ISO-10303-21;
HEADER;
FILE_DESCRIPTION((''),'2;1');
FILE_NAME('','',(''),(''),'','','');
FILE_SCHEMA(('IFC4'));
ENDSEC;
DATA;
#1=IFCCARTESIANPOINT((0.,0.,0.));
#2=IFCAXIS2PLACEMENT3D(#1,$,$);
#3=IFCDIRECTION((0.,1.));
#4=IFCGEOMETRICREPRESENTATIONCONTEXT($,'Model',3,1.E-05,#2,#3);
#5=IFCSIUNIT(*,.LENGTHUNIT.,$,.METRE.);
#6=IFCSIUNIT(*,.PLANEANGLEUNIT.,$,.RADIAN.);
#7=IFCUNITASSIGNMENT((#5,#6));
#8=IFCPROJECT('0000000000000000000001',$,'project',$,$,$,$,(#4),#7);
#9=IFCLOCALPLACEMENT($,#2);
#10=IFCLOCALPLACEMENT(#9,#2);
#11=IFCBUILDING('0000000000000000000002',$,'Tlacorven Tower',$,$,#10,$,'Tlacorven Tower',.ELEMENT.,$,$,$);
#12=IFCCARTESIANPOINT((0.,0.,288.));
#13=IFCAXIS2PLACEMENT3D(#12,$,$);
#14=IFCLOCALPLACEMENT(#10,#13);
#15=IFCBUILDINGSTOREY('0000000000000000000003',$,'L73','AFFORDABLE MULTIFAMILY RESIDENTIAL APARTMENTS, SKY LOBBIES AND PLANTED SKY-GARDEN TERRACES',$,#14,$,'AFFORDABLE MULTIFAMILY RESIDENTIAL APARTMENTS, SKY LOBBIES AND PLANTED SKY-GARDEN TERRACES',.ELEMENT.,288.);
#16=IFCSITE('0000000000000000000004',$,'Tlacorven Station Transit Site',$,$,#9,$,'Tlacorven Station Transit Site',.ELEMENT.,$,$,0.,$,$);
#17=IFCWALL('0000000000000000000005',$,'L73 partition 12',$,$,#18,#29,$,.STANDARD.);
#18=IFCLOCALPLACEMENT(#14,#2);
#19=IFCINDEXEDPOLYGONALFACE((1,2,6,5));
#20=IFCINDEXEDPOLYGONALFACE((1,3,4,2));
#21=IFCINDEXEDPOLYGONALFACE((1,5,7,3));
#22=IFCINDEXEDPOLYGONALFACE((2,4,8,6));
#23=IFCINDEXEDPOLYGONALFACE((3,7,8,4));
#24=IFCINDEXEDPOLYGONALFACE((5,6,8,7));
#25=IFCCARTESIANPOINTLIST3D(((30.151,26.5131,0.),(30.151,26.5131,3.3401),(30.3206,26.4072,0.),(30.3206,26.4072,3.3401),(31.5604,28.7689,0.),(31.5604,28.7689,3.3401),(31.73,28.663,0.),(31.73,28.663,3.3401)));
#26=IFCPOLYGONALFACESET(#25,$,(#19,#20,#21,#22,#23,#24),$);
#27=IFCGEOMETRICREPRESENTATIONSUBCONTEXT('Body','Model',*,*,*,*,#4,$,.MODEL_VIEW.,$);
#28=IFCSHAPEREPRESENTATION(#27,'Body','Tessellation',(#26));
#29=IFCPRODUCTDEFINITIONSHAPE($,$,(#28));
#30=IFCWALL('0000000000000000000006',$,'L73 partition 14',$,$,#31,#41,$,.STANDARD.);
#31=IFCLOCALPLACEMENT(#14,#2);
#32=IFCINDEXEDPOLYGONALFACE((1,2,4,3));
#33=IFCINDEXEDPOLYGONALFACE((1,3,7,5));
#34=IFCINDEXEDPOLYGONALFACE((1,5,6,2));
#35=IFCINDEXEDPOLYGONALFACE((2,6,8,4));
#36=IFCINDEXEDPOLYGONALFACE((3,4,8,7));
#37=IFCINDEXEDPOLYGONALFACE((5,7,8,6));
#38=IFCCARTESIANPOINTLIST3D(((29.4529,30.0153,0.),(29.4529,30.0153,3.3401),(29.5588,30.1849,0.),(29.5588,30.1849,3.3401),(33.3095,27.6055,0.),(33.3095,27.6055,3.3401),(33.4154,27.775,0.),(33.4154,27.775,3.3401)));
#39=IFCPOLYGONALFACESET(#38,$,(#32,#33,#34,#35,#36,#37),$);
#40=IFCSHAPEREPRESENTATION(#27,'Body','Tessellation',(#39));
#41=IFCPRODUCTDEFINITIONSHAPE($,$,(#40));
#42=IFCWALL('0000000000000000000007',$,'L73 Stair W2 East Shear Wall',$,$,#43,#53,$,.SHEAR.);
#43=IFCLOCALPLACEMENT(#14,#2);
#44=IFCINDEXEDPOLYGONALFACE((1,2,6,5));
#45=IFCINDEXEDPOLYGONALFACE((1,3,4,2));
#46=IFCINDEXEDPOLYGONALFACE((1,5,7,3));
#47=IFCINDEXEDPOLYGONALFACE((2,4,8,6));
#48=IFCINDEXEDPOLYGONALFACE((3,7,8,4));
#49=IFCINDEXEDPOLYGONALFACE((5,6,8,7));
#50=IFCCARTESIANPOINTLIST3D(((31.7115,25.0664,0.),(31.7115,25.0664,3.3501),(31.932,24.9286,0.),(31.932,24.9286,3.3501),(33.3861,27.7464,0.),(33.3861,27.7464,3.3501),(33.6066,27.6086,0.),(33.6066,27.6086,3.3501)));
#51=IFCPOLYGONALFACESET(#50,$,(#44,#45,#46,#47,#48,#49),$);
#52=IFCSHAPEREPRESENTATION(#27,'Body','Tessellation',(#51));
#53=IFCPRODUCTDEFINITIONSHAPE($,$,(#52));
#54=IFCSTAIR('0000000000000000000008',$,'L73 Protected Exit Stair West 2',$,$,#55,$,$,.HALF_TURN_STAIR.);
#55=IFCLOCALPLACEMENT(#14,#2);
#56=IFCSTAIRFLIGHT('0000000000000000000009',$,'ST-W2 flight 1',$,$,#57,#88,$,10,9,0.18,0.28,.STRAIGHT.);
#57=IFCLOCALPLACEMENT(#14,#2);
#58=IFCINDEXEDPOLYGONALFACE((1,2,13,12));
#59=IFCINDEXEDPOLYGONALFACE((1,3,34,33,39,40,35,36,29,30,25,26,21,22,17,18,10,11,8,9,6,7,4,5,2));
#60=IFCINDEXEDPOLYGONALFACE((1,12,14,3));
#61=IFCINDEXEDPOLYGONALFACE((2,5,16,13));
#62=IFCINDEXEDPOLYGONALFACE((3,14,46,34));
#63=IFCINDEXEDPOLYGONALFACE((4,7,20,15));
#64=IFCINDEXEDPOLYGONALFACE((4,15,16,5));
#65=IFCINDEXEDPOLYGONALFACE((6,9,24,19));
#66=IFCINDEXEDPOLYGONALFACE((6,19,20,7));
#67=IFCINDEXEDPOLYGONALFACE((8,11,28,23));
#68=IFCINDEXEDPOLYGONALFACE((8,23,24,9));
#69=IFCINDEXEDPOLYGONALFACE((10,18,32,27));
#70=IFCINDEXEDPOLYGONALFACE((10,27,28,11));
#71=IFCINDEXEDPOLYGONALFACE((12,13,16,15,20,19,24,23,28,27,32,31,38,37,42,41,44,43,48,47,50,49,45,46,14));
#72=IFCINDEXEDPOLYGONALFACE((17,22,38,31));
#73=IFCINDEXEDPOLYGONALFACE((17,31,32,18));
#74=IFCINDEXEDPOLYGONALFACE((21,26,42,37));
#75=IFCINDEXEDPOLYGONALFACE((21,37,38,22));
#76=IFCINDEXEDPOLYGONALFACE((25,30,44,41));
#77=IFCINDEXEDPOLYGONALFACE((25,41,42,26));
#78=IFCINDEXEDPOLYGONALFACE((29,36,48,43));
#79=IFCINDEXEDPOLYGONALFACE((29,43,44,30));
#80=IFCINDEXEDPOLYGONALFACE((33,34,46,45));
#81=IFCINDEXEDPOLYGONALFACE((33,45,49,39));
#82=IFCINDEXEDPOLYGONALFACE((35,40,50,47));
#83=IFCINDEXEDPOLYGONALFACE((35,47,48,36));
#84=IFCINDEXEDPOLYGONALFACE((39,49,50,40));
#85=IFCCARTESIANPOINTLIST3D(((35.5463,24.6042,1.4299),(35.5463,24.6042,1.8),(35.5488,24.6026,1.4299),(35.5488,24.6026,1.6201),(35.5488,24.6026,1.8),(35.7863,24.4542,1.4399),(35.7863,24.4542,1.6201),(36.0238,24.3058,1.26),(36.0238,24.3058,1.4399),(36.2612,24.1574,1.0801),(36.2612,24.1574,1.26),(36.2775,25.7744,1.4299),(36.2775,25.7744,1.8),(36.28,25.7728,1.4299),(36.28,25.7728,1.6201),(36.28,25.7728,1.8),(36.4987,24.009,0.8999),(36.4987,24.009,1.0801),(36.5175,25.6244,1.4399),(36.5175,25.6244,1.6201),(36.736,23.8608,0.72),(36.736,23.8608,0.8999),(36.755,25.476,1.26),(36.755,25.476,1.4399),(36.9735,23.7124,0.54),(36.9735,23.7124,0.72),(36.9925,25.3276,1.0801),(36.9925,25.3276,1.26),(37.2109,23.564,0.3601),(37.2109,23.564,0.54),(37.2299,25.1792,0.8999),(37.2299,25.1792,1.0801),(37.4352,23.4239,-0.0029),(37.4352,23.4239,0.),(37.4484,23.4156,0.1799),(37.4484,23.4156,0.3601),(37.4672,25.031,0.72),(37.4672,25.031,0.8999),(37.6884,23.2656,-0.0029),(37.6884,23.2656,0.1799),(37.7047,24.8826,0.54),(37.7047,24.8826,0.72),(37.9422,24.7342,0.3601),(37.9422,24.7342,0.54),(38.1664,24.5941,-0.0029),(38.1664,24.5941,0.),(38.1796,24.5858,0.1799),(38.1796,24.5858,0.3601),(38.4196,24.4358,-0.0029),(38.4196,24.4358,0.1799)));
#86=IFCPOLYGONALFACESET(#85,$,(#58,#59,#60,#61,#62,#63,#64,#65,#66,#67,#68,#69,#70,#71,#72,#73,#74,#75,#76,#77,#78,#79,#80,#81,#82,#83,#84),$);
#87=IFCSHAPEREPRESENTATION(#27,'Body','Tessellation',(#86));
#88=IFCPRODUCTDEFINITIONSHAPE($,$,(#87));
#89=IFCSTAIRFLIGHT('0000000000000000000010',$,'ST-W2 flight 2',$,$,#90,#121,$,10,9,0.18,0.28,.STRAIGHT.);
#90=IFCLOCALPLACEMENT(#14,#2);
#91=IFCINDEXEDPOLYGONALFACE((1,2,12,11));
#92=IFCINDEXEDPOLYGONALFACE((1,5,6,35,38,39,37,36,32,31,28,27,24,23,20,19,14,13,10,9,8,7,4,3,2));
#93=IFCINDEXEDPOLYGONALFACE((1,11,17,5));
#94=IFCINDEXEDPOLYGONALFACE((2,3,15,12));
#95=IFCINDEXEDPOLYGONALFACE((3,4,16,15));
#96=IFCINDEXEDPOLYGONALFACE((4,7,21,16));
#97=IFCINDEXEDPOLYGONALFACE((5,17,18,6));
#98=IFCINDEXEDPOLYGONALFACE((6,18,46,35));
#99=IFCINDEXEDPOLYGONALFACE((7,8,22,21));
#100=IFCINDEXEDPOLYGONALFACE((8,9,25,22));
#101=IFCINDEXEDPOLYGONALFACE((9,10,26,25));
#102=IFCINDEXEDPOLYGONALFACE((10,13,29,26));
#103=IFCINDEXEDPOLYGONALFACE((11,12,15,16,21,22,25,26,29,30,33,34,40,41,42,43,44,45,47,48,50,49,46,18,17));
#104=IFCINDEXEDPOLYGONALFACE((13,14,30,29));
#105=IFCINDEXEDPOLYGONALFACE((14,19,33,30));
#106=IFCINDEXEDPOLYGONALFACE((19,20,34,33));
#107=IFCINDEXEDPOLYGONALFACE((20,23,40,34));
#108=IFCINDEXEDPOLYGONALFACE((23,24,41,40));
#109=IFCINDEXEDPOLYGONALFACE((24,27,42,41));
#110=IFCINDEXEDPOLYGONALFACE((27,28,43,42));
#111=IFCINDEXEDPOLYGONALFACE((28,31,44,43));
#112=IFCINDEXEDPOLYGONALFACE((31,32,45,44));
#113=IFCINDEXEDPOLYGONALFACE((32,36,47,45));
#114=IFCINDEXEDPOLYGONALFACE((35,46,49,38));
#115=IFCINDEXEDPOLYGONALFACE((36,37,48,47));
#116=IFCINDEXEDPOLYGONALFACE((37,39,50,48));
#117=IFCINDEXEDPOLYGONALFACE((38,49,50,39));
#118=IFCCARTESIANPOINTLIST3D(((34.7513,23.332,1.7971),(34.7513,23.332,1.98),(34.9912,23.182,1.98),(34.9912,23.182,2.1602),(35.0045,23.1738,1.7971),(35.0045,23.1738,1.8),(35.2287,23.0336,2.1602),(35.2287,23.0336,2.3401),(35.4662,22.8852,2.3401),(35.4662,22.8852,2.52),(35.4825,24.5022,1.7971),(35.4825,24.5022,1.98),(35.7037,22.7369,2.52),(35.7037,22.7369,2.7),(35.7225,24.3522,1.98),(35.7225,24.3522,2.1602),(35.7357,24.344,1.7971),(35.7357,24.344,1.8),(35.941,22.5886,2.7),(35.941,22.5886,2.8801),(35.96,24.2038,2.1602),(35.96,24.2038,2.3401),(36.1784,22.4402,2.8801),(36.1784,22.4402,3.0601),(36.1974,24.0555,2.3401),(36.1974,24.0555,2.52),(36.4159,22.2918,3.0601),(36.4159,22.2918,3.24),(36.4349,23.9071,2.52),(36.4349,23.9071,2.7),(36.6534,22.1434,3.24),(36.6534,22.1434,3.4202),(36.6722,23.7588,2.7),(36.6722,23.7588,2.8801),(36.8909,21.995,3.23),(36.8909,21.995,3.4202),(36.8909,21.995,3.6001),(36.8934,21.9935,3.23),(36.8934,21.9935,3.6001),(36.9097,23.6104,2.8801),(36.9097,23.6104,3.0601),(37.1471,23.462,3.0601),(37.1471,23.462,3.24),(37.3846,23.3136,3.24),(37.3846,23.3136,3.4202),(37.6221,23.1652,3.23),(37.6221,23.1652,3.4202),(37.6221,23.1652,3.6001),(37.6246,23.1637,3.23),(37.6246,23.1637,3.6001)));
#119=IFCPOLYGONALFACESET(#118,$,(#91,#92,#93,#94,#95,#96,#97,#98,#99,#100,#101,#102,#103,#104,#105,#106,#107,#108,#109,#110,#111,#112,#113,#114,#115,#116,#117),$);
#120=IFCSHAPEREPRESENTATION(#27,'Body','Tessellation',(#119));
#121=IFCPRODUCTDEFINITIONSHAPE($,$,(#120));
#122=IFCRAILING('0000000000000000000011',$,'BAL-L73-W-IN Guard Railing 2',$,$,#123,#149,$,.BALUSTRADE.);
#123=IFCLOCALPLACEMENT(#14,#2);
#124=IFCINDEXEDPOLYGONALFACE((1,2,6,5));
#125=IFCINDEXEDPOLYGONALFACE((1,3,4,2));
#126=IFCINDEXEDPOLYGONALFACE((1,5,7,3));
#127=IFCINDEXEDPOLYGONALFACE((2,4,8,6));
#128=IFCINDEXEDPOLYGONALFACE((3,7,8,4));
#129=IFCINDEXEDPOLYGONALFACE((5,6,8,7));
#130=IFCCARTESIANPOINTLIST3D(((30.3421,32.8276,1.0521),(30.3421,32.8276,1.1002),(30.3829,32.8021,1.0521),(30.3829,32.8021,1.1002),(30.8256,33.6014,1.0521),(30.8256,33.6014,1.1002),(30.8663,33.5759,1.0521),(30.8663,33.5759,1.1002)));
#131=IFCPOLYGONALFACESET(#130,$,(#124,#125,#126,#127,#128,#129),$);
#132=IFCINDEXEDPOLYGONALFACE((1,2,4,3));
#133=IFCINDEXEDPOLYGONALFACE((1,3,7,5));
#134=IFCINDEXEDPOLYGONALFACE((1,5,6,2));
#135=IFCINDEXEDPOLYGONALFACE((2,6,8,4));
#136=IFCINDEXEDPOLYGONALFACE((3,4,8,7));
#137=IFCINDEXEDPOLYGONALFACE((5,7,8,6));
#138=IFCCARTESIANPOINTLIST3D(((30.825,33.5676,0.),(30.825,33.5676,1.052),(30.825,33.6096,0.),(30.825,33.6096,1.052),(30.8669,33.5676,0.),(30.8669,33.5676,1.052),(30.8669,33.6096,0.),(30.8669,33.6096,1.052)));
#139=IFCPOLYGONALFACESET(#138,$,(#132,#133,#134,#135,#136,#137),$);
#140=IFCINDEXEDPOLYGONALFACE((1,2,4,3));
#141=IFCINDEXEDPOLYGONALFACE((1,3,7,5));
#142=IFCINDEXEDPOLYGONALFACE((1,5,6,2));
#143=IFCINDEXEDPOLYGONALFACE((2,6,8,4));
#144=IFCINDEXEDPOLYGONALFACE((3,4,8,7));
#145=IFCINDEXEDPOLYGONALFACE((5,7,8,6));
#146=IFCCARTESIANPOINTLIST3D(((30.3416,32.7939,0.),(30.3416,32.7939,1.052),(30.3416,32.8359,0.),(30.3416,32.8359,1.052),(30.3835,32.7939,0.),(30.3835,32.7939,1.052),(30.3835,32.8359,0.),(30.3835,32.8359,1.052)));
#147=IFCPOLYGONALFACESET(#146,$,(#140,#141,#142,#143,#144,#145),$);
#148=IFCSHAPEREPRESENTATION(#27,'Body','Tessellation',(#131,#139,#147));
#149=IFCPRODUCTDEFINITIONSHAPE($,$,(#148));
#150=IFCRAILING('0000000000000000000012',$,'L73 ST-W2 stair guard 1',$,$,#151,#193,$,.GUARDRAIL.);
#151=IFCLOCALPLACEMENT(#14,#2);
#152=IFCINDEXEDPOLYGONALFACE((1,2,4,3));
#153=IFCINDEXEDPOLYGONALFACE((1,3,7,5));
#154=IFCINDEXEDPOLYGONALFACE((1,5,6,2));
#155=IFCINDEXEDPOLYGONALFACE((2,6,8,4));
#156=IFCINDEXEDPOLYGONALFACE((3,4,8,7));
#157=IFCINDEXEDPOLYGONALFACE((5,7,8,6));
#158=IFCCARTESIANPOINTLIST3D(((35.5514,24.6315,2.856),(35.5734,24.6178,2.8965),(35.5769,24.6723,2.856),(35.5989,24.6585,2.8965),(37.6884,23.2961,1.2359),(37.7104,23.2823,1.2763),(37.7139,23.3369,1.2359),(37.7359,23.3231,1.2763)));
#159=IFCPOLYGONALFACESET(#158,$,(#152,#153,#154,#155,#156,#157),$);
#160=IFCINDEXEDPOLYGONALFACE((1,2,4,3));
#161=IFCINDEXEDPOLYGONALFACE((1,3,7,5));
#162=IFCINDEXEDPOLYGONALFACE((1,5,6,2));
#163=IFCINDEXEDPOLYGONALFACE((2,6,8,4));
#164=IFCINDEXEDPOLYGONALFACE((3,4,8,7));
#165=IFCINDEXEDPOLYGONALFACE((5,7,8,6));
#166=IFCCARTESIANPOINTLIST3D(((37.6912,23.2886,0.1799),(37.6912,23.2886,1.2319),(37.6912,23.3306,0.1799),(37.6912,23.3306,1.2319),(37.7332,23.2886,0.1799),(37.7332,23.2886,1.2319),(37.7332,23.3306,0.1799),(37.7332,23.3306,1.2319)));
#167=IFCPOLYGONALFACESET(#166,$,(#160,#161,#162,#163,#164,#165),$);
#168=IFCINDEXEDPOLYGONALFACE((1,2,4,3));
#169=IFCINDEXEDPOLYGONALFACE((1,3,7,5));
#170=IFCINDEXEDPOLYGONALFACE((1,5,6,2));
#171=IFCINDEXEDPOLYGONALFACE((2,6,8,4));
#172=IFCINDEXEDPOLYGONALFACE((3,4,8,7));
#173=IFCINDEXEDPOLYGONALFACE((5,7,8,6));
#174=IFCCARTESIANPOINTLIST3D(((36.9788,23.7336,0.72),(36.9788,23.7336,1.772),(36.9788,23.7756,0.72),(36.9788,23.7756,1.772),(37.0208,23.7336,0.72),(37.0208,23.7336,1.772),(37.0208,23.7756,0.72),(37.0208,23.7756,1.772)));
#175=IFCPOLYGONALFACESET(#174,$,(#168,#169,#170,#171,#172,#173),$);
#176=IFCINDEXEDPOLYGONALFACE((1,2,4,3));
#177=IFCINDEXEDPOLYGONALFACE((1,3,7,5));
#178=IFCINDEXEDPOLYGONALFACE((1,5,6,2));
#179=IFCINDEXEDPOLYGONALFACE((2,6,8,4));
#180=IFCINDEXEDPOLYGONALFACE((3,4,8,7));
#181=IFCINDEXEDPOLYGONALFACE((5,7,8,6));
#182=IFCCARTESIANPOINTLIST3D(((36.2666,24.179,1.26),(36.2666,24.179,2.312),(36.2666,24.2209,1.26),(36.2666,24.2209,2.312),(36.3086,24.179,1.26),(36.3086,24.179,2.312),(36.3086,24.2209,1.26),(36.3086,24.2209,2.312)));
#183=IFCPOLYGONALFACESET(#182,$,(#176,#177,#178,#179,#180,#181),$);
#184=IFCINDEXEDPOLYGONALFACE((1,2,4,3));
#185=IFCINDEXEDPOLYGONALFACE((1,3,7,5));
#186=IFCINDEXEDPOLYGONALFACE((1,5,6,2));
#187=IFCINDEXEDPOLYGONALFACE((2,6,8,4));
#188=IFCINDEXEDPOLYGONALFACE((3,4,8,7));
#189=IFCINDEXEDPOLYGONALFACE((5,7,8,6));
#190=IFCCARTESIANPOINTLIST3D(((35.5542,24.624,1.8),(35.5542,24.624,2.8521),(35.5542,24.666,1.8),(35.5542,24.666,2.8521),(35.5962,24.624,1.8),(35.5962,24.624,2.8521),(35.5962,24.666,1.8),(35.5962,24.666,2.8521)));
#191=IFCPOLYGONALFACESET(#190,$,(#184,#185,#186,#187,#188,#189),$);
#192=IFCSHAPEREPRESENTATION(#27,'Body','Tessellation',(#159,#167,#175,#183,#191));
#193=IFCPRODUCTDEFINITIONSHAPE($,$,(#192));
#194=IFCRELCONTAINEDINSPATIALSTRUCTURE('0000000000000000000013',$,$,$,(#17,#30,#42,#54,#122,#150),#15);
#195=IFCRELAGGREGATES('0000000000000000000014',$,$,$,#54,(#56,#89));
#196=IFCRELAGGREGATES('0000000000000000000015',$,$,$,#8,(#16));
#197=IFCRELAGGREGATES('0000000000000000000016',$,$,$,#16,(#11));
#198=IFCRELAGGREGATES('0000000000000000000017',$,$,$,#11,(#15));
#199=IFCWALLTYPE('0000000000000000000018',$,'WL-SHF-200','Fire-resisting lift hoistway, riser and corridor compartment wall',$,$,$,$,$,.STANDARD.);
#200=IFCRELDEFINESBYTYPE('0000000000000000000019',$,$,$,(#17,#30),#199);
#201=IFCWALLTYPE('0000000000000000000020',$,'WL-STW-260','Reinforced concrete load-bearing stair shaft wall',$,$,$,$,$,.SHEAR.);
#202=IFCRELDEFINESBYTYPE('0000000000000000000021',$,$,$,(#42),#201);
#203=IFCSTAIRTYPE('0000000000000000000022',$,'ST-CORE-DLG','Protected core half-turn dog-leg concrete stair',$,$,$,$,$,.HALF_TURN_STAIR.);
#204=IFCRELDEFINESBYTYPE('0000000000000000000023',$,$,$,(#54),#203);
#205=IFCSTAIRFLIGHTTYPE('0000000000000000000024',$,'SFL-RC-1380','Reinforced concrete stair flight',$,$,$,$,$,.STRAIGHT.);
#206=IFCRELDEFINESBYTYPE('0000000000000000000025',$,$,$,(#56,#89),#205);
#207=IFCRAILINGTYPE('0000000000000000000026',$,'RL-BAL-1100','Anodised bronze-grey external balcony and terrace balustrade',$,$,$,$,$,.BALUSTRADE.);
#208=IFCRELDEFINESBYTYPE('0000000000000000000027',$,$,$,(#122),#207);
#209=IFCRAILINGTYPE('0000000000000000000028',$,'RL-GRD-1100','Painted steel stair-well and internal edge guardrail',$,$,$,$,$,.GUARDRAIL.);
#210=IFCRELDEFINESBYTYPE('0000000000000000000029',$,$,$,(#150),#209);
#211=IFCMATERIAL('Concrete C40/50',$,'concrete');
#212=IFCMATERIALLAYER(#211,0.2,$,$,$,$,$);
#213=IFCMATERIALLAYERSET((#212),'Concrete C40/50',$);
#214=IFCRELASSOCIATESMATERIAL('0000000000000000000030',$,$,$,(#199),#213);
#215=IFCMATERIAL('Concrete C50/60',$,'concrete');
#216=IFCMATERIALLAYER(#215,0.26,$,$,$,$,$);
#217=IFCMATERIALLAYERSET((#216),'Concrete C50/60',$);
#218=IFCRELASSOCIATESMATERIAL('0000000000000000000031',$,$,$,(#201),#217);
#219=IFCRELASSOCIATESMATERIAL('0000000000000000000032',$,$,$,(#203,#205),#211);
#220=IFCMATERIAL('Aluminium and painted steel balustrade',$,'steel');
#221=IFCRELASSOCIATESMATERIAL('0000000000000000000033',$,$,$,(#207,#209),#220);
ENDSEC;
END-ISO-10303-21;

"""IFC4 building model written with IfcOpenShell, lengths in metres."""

from ifc_helpers import new_model, si_unit, direction, frame, frame_2d, origin, origin_2d, place, context, subcontext, project, spatial, polyline, rectangle, outline, extrude, source, transform, mapped, material, layer, layer_set, type_object, element, aggregate, save


model = new_model("IFC4")

# Units and contexts
model_context = context("Model", 3, precision=1e-05, world=origin(), true_north=direction((0.0, 1.0)))
body_context = subcontext(model_context, "Body", "Model", "MODEL_VIEW")
ifc_project = project(units=[si_unit("LENGTHUNIT", "METRE"), si_unit("PLANEANGLEUNIT", "RADIAN")], contexts=[model_context])

# Site, building, storey
site_placement = place(None, origin())
site = spatial("IfcSite", under=ifc_project, at=site_placement, Name="Tlacorven Station Transit Site", LongName="Tlacorven Station Transit Site", CompositionType="ELEMENT", RefElevation=0.0)
building_placement = place(site_placement, origin())
building = spatial("IfcBuilding", under=site, at=building_placement, Name="Tlacorven Tower", LongName="Tlacorven Tower", CompositionType="ELEMENT")
storey_placement = place(building_placement, frame((0.0, 0.0, 288.0)))
storey = spatial("IfcBuildingStorey", under=building, at=storey_placement, Name="L73", Description="AFFORDABLE MULTIFAMILY RESIDENTIAL APARTMENTS, SKY LOBBIES AND PLANTED SKY-GARDEN TERRACES", LongName="AFFORDABLE MULTIFAMILY RESIDENTIAL APARTMENTS, SKY LOBBIES AND PLANTED SKY-GARDEN TERRACES", CompositionType="ELEMENT", Elevation=288.0)

# Shared definitions
ifc_material_1 = material(Name="Concrete C40/50", Category="concrete")
ifc_layer_1 = layer(ifc_material_1, 0.2)
ifc_layer_set_1 = layer_set([ifc_layer_1], Name="Concrete C40/50")
wall_type_1 = type_object("IfcWallType", Name="WL-SHF-200", Description="Fire-resisting lift hoistway, riser and corridor compartment wall", PredefinedType="STANDARD", material=ifc_layer_set_1)

# Walls
wall_1_placement = place(storey_placement, frame((31.6453, 28.7161, 0.0), z_axis=(0.0, 0.0, 1.0), x_axis=(-0.529867, -0.848081, 0.0)))
element("IfcWall", 1, at=wall_1_placement, inside=storey, type_object=wall_type_1, Name="L73 partition 12", PredefinedType="STANDARD", context=body_context, shape_type="SweptSolid", body=[
    extrude(rectangle(XDim=2.6599, YDim=0.2, at=frame_2d((1.3301, 0.0))), origin(), (0.0, 0.0, 1.0), 3.3401),
])
wall_2_placement = place(storey_placement, frame((33.3625, 27.6902, 0.0), z_axis=(0.0, 0.0, 1.0), x_axis=(-0.84805, 0.529917, 0.0)))
element("IfcWall", 2, at=wall_2_placement, inside=storey, type_object=wall_type_1, Name="L73 partition 14", PredefinedType="STANDARD", context=body_context, shape_type="SweptSolid", body=[
    extrude(rectangle(XDim=4.5476, YDim=0.2, at=frame_2d((2.2739, 0.0))), origin(), (0.0, 0.0, 1.0), 3.3401),
])
ifc_material_2 = material(Name="Concrete C50/60", Category="concrete")
ifc_layer_2 = layer(ifc_material_2, 0.26)
ifc_layer_set_2 = layer_set([ifc_layer_2], Name="Concrete C50/60")
wall_type_2 = type_object("IfcWallType", Name="WL-STW-260", Description="Reinforced concrete load-bearing stair shaft wall", PredefinedType="SHEAR", material=ifc_layer_set_2)
wall_3_placement = place(storey_placement, frame((33.4963, 27.6775, 0.0), z_axis=(0.0, 0.0, 1.0), x_axis=(-0.529909, -0.848055, 0.0)))
element("IfcWall", 3, at=wall_3_placement, inside=storey, type_object=wall_type_2, Name="L73 Stair W2 East Shear Wall", PredefinedType="SHEAR", context=body_context, shape_type="SweptSolid", body=[
    extrude(rectangle(XDim=3.1602, YDim=0.26, at=frame_2d((1.5801, 0.0))), origin(), (0.0, 0.0, 1.0), 3.3501),
])

# Stair, stair flights
stair_type = type_object("IfcStairType", Name="ST-CORE-DLG", Description="Protected core half-turn dog-leg concrete stair", PredefinedType="HALF_TURN_STAIR", material=ifc_material_1)
stair_placement = place(storey_placement, origin())
stair = element("IfcStair", 4, at=stair_placement, inside=storey, type_object=stair_type, Name="L73 Protected Exit Stair West 2", PredefinedType="HALF_TURN_STAIR")
stair_flight_type = type_object("IfcStairFlightType", Name="SFL-RC-1380", Description="Reinforced concrete stair flight", PredefinedType="STRAIGHT", material=ifc_material_1)
shared_shape_1 = source(origin(), body_context, "Body", "SweptSolid", [
    extrude(outline(polyline([(-0.0029, -0.0029), (-0.0029, 0.1799), (0.28, 0.1799), (0.28, 0.3601), (0.5601, 0.3601), (0.5601, 0.54), (0.8401, 0.54), (0.8401, 0.72), (1.1201, 0.72), (1.1201, 0.8999), (1.3999, 0.8999), (1.3999, 1.0801), (1.6799, 1.0801), (1.6799, 1.26), (1.96, 1.26), (1.96, 1.4399), (2.24, 1.4399), (2.24, 1.6201), (2.52, 1.6201), (2.52, 1.8), (2.5229, 1.8), (2.5229, 1.4299), (2.52, 1.4299), (0.2957, 0.0), (0.2957, -0.0029), (-0.0029, -0.0029)])), frame((0.0, 0.6899, 0.0), z_axis=(0.0, -1.0, 0.0), x_axis=(1.0, 0.0, 0.0)), (0.0, 0.0, 1.0), 1.3799),
])
stair_flight_1_placement = place(storey_placement, frame((38.0515, 23.8523, 0.0), z_axis=(0.0, 0.0, 1.0), x_axis=(-0.848048, 0.529919, 0.0)))
stair_flight_1 = element("IfcStairFlight", 5, at=stair_flight_1_placement, type_object=stair_flight_type, Name="ST-W2 flight 1", NumberOfRisers=10, NumberOfTreads=9, PredefinedType="STRAIGHT", RiserHeight=0.18, TreadLength=0.28, context=body_context, shape_type="MappedRepresentation", body=[
    mapped(shared_shape_1, transform((0.0, 0.0, 0.0), scale=1.0)),
])
stair_flight_2_placement = place(storey_placement, frame((35.1194, 23.9155, 1.8), z_axis=(0.0, 0.0, 1.0), x_axis=(0.848048, -0.529919, 0.0)))
stair_flight_2 = element("IfcStairFlight", 6, at=stair_flight_2_placement, type_object=stair_flight_type, Name="ST-W2 flight 2", NumberOfRisers=10, NumberOfTreads=9, PredefinedType="STRAIGHT", RiserHeight=0.18, TreadLength=0.28, context=body_context, shape_type="MappedRepresentation", body=[
    mapped(shared_shape_1, transform((0.0, 0.0, 0.0), scale=1.0)),
])
aggregate(stair, [stair_flight_1, stair_flight_2])

# Railings
ifc_material_3 = material(Name="Aluminium and painted steel balustrade", Category="steel")
railing_type_1 = type_object("IfcRailingType", Name="RL-BAL-1100", Description="Anodised bronze-grey external balcony and terrace balustrade", PredefinedType="BALUSTRADE", material=ifc_material_3)
shared_shape_2 = source(origin(), body_context, "Body", "SweptSolid", [
    extrude(rectangle(XDim=0.0481, YDim=0.0481, at=origin_2d()), frame((0.0, 0.0, 1.0762), z_axis=(-0.529879, -0.848073, 0.0), x_axis=(0.848073, -0.529879, 0.0)), (0.0, 0.0, 1.0), 0.9124),
    extrude(rectangle(XDim=0.042, YDim=0.042, at=origin_2d()), origin(), (0.0, 0.0, 1.0), 1.052),
    extrude(rectangle(XDim=0.042, YDim=0.042, at=origin_2d()), frame((-0.4834, -0.7737, 0.0)), (0.0, 0.0, 1.0), 1.052),
])
railing_1_placement = place(storey_placement, frame((30.8459, 33.5886, 0.0)))
element("IfcRailing", 7, at=railing_1_placement, inside=storey, type_object=railing_type_1, Name="BAL-L73-W-IN Guard Railing 2", PredefinedType="BALUSTRADE", context=body_context, shape_type="MappedRepresentation", body=[
    mapped(shared_shape_2, transform((0.0, 0.0, 0.0), scale=1.0)),
])
railing_type_2 = type_object("IfcRailingType", Name="RL-GRD-1100", Description="Painted steel stair-well and internal edge guardrail", PredefinedType="GUARDRAIL", material=ifc_material_3)
shared_shape_3 = source(origin(), body_context, "Body", "SweptSolid", [
    extrude(rectangle(XDim=0.0481, YDim=0.0481, at=origin_2d()), frame((0.0, 0.0, 1.0762), z_axis=(-0.71332, 0.445774, 0.540796), x_axis=(-0.529955, -0.848026, 0.0)), (0.0, 0.0, 1.0), 2.9958),
    extrude(rectangle(XDim=0.042, YDim=0.042, at=origin_2d()), origin(), (0.0, 0.0, 1.0), 1.052),
    extrude(rectangle(XDim=0.042, YDim=0.042, at=origin_2d()), frame((-0.7124, 0.4451, 0.54)), (0.0, 0.0, 1.0), 1.052),
    extrude(rectangle(XDim=0.042, YDim=0.042, at=origin_2d()), frame((-1.4246, 0.8904, 1.0801)), (0.0, 0.0, 1.0), 1.052),
    extrude(rectangle(XDim=0.042, YDim=0.042, at=origin_2d()), frame((-2.137, 1.3354, 1.6201)), (0.0, 0.0, 1.0), 1.052),
])
railing_2_placement = place(storey_placement, frame((37.7122, 23.3096, 0.1799)))
element("IfcRailing", 8, at=railing_2_placement, inside=storey, type_object=railing_type_2, Name="L73 ST-W2 stair guard 1", PredefinedType="GUARDRAIL", context=body_context, shape_type="MappedRepresentation", body=[
    mapped(shared_shape_3, transform((0.0, 0.0, 0.0), scale=1.0)),
])

save(model, "model.ifc")
